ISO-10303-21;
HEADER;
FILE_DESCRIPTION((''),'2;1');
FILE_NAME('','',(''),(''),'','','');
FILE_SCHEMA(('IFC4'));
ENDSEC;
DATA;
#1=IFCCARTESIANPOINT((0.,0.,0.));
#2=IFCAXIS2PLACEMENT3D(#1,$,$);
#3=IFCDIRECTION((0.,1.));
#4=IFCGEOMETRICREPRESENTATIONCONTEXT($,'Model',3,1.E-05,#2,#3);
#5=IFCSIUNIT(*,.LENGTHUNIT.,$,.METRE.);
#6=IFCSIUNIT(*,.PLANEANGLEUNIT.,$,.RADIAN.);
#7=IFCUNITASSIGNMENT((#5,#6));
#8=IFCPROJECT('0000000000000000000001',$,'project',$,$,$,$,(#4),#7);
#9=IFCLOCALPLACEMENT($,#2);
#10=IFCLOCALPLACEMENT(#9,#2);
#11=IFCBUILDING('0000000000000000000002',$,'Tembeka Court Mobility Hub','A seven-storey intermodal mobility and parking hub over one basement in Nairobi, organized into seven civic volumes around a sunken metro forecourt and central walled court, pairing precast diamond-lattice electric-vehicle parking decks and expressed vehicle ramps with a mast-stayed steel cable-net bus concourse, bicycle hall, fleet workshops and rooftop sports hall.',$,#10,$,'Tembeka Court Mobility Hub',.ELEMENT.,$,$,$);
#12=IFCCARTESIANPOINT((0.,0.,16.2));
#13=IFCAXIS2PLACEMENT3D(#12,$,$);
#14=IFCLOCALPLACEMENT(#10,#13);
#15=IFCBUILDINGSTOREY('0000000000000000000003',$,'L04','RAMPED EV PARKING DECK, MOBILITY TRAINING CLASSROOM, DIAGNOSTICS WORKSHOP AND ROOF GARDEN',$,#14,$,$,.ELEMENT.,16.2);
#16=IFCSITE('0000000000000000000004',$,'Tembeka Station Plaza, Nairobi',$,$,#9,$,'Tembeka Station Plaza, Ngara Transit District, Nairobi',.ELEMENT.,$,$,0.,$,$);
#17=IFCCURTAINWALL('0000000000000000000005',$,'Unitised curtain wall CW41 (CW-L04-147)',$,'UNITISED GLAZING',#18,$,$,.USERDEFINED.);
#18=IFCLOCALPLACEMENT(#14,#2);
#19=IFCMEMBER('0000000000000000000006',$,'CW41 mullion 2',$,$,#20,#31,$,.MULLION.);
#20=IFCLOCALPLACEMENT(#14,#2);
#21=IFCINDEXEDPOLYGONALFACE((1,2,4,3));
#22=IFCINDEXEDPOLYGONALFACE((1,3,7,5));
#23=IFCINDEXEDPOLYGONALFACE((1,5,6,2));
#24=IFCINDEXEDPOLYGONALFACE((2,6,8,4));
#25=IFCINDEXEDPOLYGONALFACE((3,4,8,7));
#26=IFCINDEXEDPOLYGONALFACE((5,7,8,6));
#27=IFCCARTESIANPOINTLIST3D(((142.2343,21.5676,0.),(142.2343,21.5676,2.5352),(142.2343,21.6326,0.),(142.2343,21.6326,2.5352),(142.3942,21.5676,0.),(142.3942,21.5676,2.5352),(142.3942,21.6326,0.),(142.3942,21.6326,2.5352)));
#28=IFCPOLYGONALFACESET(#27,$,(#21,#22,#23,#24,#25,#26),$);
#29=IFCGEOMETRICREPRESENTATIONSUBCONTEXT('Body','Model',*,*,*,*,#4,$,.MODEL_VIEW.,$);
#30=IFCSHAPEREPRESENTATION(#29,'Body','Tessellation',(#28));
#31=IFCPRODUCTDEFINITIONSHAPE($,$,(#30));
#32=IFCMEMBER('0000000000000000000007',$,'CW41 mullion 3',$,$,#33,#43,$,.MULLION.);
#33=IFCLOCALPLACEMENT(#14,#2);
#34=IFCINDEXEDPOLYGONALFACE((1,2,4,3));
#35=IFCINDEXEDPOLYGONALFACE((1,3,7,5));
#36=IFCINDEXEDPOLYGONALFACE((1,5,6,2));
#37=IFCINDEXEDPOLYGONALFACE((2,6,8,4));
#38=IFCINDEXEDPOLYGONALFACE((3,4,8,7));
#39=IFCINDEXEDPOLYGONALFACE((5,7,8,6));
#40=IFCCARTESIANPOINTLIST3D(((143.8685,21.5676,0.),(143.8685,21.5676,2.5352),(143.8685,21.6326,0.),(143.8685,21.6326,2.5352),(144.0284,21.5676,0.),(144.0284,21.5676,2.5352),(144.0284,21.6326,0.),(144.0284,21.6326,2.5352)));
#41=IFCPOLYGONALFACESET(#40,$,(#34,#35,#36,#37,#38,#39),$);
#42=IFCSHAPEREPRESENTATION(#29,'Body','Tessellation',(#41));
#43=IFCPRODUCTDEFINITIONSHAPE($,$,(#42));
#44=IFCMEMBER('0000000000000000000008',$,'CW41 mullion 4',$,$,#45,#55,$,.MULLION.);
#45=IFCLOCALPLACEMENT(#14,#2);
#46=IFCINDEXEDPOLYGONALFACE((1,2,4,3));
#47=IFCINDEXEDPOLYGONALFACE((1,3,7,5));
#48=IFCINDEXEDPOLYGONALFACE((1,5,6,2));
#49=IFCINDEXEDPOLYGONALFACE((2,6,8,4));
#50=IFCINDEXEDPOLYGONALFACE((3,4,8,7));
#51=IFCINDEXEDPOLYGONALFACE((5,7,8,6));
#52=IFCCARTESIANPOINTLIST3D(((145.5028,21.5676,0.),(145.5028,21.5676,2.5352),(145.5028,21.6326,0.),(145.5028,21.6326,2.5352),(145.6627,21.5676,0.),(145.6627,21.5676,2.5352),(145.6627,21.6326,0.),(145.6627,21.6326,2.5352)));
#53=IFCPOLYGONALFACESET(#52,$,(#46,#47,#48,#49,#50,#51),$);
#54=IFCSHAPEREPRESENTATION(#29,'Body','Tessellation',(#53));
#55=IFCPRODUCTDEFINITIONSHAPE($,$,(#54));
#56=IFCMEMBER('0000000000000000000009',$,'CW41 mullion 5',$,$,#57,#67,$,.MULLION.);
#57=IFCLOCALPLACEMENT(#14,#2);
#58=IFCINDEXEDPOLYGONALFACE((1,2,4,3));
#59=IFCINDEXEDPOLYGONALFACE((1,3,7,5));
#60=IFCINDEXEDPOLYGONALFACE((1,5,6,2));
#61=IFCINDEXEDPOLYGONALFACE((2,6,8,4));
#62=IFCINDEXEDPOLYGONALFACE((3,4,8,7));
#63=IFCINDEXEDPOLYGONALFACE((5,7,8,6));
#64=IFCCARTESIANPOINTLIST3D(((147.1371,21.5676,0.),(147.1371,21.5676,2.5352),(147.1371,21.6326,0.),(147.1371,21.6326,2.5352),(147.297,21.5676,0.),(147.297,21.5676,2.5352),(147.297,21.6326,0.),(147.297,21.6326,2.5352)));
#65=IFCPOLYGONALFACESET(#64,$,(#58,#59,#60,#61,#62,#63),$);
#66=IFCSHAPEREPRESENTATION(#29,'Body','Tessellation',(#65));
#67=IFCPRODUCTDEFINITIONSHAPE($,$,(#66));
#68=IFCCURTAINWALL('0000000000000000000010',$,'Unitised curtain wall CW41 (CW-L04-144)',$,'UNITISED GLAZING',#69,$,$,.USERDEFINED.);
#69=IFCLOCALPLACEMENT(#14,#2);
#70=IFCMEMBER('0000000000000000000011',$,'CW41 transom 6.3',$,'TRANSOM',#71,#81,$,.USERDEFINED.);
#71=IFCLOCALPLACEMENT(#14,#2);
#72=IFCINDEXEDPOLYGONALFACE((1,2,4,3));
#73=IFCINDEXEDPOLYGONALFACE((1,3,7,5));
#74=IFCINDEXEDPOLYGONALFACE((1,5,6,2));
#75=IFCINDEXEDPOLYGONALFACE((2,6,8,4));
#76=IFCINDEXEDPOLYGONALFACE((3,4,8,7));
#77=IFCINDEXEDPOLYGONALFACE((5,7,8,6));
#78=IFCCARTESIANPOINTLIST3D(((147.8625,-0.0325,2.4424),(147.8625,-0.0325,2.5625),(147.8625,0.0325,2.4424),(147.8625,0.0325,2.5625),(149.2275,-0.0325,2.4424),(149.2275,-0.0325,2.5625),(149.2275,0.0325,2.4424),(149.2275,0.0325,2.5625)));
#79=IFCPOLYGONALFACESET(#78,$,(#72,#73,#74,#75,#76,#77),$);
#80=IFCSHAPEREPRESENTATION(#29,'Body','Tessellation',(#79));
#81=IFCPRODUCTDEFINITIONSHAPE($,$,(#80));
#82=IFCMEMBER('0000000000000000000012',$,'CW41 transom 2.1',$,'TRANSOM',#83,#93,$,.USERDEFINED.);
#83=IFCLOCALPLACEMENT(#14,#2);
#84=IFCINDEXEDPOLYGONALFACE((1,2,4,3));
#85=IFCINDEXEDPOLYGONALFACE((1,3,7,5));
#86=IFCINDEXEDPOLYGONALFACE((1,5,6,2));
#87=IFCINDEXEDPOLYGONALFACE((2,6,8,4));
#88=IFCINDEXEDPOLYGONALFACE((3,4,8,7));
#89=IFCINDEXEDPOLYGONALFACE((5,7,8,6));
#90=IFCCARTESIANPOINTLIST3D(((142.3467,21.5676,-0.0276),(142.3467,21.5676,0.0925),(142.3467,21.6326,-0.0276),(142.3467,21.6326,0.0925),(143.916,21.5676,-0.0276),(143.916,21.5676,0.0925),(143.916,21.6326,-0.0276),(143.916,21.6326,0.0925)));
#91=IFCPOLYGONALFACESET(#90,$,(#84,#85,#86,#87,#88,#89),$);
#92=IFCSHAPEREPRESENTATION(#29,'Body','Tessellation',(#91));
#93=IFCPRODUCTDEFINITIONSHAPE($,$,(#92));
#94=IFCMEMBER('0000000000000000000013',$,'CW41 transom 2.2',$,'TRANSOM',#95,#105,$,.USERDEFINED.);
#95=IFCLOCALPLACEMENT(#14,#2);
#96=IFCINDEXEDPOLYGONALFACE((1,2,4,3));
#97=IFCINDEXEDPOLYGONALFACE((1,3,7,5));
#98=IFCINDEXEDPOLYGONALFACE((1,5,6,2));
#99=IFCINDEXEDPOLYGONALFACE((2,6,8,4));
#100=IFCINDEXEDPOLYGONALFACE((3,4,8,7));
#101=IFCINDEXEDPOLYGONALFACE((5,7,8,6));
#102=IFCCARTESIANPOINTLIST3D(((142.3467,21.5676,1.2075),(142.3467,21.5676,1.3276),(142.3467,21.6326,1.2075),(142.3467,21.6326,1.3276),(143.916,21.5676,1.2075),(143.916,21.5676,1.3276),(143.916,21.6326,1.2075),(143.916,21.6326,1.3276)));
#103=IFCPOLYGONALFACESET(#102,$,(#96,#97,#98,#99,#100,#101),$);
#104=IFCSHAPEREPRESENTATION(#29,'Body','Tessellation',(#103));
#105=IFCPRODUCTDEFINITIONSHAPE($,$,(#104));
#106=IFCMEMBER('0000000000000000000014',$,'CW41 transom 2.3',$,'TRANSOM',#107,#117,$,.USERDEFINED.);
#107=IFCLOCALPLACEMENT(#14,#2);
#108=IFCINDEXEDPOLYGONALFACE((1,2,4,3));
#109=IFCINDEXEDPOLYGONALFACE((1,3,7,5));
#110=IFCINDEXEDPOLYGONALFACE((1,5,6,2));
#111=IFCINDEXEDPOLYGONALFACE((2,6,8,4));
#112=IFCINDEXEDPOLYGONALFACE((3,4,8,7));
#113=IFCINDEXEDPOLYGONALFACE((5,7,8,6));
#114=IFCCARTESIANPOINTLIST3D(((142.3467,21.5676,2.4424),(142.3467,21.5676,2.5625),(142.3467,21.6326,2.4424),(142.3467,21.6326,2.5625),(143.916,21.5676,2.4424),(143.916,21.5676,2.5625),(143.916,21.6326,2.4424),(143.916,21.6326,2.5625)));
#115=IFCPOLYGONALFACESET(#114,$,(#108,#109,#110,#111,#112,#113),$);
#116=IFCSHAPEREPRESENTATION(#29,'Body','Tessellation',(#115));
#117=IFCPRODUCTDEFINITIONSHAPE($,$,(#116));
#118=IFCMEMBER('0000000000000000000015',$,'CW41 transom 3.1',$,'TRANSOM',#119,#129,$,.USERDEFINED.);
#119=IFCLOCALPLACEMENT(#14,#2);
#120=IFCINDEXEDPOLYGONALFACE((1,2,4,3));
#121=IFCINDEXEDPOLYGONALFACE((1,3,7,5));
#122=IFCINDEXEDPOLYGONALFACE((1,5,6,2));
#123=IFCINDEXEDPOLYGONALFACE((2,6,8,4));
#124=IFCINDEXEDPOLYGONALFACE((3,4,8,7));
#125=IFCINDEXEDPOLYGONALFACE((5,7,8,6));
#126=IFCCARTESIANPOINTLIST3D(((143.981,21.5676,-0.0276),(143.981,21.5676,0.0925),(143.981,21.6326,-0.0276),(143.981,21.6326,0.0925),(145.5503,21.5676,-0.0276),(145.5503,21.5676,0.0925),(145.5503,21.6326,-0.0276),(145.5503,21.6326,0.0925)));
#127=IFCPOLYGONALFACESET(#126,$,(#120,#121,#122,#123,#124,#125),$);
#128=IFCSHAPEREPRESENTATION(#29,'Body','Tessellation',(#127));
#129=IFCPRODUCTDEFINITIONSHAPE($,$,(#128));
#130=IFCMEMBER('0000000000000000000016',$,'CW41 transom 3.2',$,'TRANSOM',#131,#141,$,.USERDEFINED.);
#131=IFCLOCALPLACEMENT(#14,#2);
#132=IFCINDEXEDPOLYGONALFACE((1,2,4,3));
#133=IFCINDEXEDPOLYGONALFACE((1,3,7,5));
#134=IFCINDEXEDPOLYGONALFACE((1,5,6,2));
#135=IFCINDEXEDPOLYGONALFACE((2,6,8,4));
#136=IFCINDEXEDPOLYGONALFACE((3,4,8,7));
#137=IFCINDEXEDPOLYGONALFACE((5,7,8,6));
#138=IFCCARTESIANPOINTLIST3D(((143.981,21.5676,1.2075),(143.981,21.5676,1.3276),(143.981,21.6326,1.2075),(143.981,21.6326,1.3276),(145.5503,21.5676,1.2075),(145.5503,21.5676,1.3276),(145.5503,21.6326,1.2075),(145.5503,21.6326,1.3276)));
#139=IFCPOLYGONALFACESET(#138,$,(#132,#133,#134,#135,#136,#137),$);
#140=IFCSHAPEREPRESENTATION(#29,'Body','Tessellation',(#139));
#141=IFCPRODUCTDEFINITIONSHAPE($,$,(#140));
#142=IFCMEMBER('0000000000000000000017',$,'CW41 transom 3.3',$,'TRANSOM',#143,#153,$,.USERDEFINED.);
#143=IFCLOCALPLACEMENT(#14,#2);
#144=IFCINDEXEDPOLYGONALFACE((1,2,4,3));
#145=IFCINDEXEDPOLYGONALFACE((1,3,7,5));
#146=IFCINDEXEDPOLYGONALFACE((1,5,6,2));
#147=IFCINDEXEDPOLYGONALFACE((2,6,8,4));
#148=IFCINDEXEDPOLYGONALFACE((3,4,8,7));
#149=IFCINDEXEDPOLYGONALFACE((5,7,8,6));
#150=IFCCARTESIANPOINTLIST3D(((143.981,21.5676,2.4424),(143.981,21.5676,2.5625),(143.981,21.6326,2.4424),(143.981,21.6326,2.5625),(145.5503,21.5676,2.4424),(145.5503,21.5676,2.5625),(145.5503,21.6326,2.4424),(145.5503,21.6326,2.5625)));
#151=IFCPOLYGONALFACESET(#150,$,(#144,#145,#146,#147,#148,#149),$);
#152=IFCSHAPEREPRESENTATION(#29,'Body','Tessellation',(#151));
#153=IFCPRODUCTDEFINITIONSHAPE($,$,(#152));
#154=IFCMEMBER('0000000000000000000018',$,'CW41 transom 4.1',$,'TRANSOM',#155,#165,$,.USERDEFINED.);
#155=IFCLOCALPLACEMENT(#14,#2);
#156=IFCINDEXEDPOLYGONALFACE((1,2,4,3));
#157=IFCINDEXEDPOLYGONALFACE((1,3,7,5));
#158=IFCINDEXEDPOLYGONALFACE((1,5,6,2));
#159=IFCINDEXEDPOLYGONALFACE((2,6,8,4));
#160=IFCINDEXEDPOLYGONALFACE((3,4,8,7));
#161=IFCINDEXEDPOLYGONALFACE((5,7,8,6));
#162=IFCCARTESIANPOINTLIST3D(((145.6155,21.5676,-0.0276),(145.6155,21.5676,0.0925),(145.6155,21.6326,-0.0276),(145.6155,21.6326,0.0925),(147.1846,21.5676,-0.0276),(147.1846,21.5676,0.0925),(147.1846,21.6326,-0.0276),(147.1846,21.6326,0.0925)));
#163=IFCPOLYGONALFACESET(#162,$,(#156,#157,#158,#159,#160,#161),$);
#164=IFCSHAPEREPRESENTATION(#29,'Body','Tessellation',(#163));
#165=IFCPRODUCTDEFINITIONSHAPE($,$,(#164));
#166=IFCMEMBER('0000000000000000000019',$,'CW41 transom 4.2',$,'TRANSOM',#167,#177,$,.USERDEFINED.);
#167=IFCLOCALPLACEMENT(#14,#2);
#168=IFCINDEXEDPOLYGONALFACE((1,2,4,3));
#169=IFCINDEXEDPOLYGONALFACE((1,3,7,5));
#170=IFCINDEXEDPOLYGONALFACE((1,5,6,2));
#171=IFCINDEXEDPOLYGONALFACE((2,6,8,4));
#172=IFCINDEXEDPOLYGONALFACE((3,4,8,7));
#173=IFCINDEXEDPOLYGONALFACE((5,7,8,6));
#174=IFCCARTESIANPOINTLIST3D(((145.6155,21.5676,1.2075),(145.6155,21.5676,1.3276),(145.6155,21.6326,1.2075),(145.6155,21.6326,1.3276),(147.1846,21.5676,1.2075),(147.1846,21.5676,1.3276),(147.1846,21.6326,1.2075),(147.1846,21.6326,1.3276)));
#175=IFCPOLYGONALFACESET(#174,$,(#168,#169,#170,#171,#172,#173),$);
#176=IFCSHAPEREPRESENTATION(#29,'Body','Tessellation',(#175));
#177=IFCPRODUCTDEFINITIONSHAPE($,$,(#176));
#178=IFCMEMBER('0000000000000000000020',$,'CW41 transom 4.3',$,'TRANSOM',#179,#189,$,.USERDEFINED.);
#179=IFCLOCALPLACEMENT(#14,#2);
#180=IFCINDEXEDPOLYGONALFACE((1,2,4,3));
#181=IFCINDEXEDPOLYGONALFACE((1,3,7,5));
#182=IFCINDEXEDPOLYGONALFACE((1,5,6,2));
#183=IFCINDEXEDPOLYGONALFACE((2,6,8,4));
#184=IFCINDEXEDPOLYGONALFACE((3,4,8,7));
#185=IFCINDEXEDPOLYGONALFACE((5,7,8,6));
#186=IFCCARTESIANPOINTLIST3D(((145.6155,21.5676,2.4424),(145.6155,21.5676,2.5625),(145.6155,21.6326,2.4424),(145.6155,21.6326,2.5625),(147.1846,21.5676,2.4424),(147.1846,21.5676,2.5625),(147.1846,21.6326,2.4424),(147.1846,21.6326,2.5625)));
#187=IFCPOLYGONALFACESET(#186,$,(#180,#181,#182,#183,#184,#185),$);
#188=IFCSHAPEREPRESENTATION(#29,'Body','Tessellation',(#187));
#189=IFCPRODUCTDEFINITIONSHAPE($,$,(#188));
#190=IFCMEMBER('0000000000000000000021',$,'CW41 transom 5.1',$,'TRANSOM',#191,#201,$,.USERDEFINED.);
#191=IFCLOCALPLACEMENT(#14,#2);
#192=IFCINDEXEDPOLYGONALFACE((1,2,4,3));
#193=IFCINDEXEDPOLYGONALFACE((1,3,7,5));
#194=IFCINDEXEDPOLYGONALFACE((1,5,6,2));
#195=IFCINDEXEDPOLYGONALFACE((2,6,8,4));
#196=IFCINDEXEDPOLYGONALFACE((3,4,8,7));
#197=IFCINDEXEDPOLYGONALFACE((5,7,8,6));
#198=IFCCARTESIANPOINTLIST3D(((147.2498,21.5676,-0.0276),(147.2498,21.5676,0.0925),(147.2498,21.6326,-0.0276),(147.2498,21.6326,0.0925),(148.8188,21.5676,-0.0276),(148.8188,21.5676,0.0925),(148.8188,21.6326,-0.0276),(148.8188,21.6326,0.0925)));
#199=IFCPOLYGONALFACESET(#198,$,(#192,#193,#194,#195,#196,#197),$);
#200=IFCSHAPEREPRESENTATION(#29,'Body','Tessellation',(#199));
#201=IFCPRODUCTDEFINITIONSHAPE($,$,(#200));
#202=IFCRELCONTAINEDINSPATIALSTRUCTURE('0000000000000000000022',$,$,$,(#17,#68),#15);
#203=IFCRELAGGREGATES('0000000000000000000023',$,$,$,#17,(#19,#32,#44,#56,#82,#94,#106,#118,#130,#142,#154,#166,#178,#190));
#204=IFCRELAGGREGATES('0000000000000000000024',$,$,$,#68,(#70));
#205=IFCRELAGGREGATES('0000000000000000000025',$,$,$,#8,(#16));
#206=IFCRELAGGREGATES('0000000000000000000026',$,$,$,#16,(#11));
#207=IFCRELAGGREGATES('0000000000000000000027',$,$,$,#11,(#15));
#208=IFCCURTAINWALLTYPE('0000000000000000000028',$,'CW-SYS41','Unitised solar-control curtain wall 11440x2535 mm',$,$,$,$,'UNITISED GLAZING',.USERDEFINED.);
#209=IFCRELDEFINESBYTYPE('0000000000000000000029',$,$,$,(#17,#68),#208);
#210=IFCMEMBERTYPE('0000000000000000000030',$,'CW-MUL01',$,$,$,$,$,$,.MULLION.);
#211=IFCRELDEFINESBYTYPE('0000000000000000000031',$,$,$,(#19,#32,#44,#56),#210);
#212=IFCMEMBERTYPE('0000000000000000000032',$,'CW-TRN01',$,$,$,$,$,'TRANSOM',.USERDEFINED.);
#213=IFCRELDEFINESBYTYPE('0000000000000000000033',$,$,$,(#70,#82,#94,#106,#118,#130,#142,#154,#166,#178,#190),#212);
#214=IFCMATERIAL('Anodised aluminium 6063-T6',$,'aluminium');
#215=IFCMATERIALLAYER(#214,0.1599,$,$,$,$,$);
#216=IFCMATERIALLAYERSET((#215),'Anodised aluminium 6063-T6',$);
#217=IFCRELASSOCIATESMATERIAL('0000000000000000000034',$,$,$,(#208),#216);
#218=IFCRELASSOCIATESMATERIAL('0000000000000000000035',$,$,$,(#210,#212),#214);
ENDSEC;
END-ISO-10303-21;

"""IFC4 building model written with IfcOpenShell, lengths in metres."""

from ifc_helpers import new_model, si_unit, direction, frame, origin, origin_2d, place, context, subcontext, project, spatial, rectangle, extrude, material, layer, layer_set, material_profile, profile_set, type_object, element, aggregate, save


model = new_model("IFC4")

# Units and contexts
model_context = context("Model", 3, precision=1e-05, world=origin(), true_north=direction((0.0, 1.0)))
body_context = subcontext(model_context, "Body", "Model", "MODEL_VIEW")
ifc_project = project(units=[si_unit("LENGTHUNIT", "METRE"), si_unit("PLANEANGLEUNIT", "RADIAN")], contexts=[model_context])

# Site, building, storey
site_placement = place(None, origin())
site = spatial("IfcSite", under=ifc_project, at=site_placement, Name="Tembeka Station Plaza, Nairobi", LongName="Tembeka Station Plaza, Ngara Transit District, Nairobi", CompositionType="ELEMENT", RefElevation=0.0)
building_placement = place(site_placement, origin())
building = spatial("IfcBuilding", under=site, at=building_placement, Name="Tembeka Court Mobility Hub", Description="A seven-storey intermodal mobility and parking hub over one basement in Nairobi, organized into seven civic volumes around a sunken metro forecourt and central walled court, pairing precast diamond-lattice electric-vehicle parking decks and expressed vehicle ramps with a mast-stayed steel cable-net bus concourse, bicycle hall, fleet workshops and rooftop sports hall.", LongName="Tembeka Court Mobility Hub", CompositionType="ELEMENT")
storey_placement = place(building_placement, frame((0.0, 0.0, 16.2)))
storey = spatial("IfcBuildingStorey", under=building, at=storey_placement, Name="L04", Description="RAMPED EV PARKING DECK, MOBILITY TRAINING CLASSROOM, DIAGNOSTICS WORKSHOP AND ROOF GARDEN", CompositionType="ELEMENT", Elevation=16.2)

# Curtain wall, members
ifc_material_1 = material(Name="Anodised aluminium 6063-T6", Category="aluminium")
ifc_layer_1 = layer(ifc_material_1, 0.1599)
ifc_layer_set_1 = layer_set([ifc_layer_1], Name="Anodised aluminium 6063-T6")
curtain_wall_type = type_object("IfcCurtainWallType", Name="CW-SYS41", Description="Unitised solar-control curtain wall 11440x2535 mm", ElementType="UNITISED GLAZING", PredefinedType="USERDEFINED", material=ifc_layer_set_1)
curtain_wall_1_placement = place(storey_placement, origin())
curtain_wall_1 = element("IfcCurtainWall", 1, at=curtain_wall_1_placement, inside=storey, type_object=curtain_wall_type, Name="Unitised curtain wall CW41 (CW-L04-147)", ObjectType="UNITISED GLAZING", PredefinedType="USERDEFINED")
ifc_material_profile_1 = material_profile(ifc_material_1, rectangle(XDim=0.0649, YDim=0.1599, at=origin_2d()), Name="ALU-MUL 65x160")
ifc_profile_set_1 = profile_set([ifc_material_profile_1], Name="Anodised aluminium 6063-T6")
member_type_1 = type_object("IfcMemberType", Name="CW-MUL01", PredefinedType="MULLION", material=ifc_profile_set_1)
member_1_placement = place(storey_placement, frame((142.3142, 21.6001, 0.0), z_axis=(0.0, 0.0, 1.0), x_axis=(0.0, 1.0, 0.0)))
member_1 = element("IfcMember", 2, at=member_1_placement, type_object=member_type_1, Name="CW41 mullion 2", PredefinedType="MULLION", context=body_context, shape_type="SweptSolid", body=[
    extrude(rectangle(XDim=0.0649, YDim=0.1599, at=origin_2d()), origin(), (0.0, 0.0, 1.0), 2.5352),
])
member_2_placement = place(storey_placement, frame((143.9485, 21.6001, 0.0), z_axis=(0.0, 0.0, 1.0), x_axis=(0.0, 1.0, 0.0)))
member_2 = element("IfcMember", 3, at=member_2_placement, type_object=member_type_1, Name="CW41 mullion 3", PredefinedType="MULLION", context=body_context, shape_type="SweptSolid", body=[
    extrude(rectangle(XDim=0.0649, YDim=0.1599, at=origin_2d()), origin(), (0.0, 0.0, 1.0), 2.5352),
])
member_3_placement = place(storey_placement, frame((145.5828, 21.6001, 0.0), z_axis=(0.0, 0.0, 1.0), x_axis=(0.0, 1.0, 0.0)))
member_3 = element("IfcMember", 4, at=member_3_placement, type_object=member_type_1, Name="CW41 mullion 4", PredefinedType="MULLION", context=body_context, shape_type="SweptSolid", body=[
    extrude(rectangle(XDim=0.0649, YDim=0.1599, at=origin_2d()), origin(), (0.0, 0.0, 1.0), 2.5352),
])
member_4_placement = place(storey_placement, frame((147.217, 21.6001, 0.0), z_axis=(0.0, 0.0, 1.0), x_axis=(0.0, 1.0, 0.0)))
member_4 = element("IfcMember", 5, at=member_4_placement, type_object=member_type_1, Name="CW41 mullion 5", PredefinedType="MULLION", context=body_context, shape_type="SweptSolid", body=[
    extrude(rectangle(XDim=0.0649, YDim=0.1599, at=origin_2d()), origin(), (0.0, 0.0, 1.0), 2.5352),
])

# Curtain wall, member
curtain_wall_2_placement = place(storey_placement, origin())
curtain_wall_2 = element("IfcCurtainWall", 6, at=curtain_wall_2_placement, inside=storey, type_object=curtain_wall_type, Name="Unitised curtain wall CW41 (CW-L04-144)", ObjectType="UNITISED GLAZING", PredefinedType="USERDEFINED")
ifc_material_profile_2 = material_profile(ifc_material_1, rectangle(XDim=0.0649, YDim=0.1201, at=origin_2d()), Name="ALU-TRN 65x120")
ifc_profile_set_2 = profile_set([ifc_material_profile_2], Name="Anodised aluminium 6063-T6")
member_type_2 = type_object("IfcMemberType", Name="CW-TRN01", ElementType="TRANSOM", PredefinedType="USERDEFINED", material=ifc_profile_set_2)
member_5_placement = place(storey_placement, frame((147.8625, 0.0, 2.5024), z_axis=(1.0, 0.0, 0.0), x_axis=(0.0, 1.0, 0.0)))
member_5 = element("IfcMember", 7, at=member_5_placement, type_object=member_type_2, Name="CW41 transom 6.3", ObjectType="TRANSOM", PredefinedType="USERDEFINED", context=body_context, shape_type="SweptSolid", body=[
    extrude(rectangle(XDim=0.0649, YDim=0.1201, at=origin_2d()), origin(), (0.0, 0.0, 1.0), 1.365),
])

# Members
member_6_placement = place(storey_placement, frame((142.3467, 21.6001, 0.0325), z_axis=(1.0, 0.0, 0.0), x_axis=(0.0, 1.0, 0.0)))
member_6 = element("IfcMember", 8, at=member_6_placement, type_object=member_type_2, Name="CW41 transom 2.1", ObjectType="TRANSOM", PredefinedType="USERDEFINED", context=body_context, shape_type="SweptSolid", body=[
    extrude(rectangle(XDim=0.0649, YDim=0.1201, at=origin_2d()), origin(), (0.0, 0.0, 1.0), 1.5693),
])
member_7_placement = place(storey_placement, frame((142.3467, 21.6001, 1.2676), z_axis=(1.0, 0.0, 0.0), x_axis=(0.0, 1.0, 0.0)))
member_7 = element("IfcMember", 9, at=member_7_placement, type_object=member_type_2, Name="CW41 transom 2.2", ObjectType="TRANSOM", PredefinedType="USERDEFINED", context=body_context, shape_type="SweptSolid", body=[
    extrude(rectangle(XDim=0.0649, YDim=0.1201, at=origin_2d()), origin(), (0.0, 0.0, 1.0), 1.5693),
])
member_8_placement = place(storey_placement, frame((142.3467, 21.6001, 2.5024), z_axis=(1.0, 0.0, 0.0), x_axis=(0.0, 1.0, 0.0)))
member_8 = element("IfcMember", 10, at=member_8_placement, type_object=member_type_2, Name="CW41 transom 2.3", ObjectType="TRANSOM", PredefinedType="USERDEFINED", context=body_context, shape_type="SweptSolid", body=[
    extrude(rectangle(XDim=0.0649, YDim=0.1201, at=origin_2d()), origin(), (0.0, 0.0, 1.0), 1.5693),
])
member_9_placement = place(storey_placement, frame((143.981, 21.6001, 0.0325), z_axis=(1.0, 0.0, 0.0), x_axis=(0.0, 1.0, 0.0)))
member_9 = element("IfcMember", 11, at=member_9_placement, type_object=member_type_2, Name="CW41 transom 3.1", ObjectType="TRANSOM", PredefinedType="USERDEFINED", context=body_context, shape_type="SweptSolid", body=[
    extrude(rectangle(XDim=0.0649, YDim=0.1201, at=origin_2d()), origin(), (0.0, 0.0, 1.0), 1.5693),
])
member_10_placement = place(storey_placement, frame((143.981, 21.6001, 1.2676), z_axis=(1.0, 0.0, 0.0), x_axis=(0.0, 1.0, 0.0)))
member_10 = element("IfcMember", 12, at=member_10_placement, type_object=member_type_2, Name="CW41 transom 3.2", ObjectType="TRANSOM", PredefinedType="USERDEFINED", context=body_context, shape_type="SweptSolid", body=[
    extrude(rectangle(XDim=0.0649, YDim=0.1201, at=origin_2d()), origin(), (0.0, 0.0, 1.0), 1.5693),
])
member_11_placement = place(storey_placement, frame((143.981, 21.6001, 2.5024), z_axis=(1.0, 0.0, 0.0), x_axis=(0.0, 1.0, 0.0)))
member_11 = element("IfcMember", 13, at=member_11_placement, type_object=member_type_2, Name="CW41 transom 3.3", ObjectType="TRANSOM", PredefinedType="USERDEFINED", context=body_context, shape_type="SweptSolid", body=[
    extrude(rectangle(XDim=0.0649, YDim=0.1201, at=origin_2d()), origin(), (0.0, 0.0, 1.0), 1.5693),
])
member_12_placement = place(storey_placement, frame((145.6155, 21.6001, 0.0325), z_axis=(1.0, 0.0, 0.0), x_axis=(0.0, 1.0, 0.0)))
member_12 = element("IfcMember", 14, at=member_12_placement, type_object=member_type_2, Name="CW41 transom 4.1", ObjectType="TRANSOM", PredefinedType="USERDEFINED", context=body_context, shape_type="SweptSolid", body=[
    extrude(rectangle(XDim=0.0649, YDim=0.1201, at=origin_2d()), origin(), (0.0, 0.0, 1.0), 1.5691),
])
member_13_placement = place(storey_placement, frame((145.6155, 21.6001, 1.2676), z_axis=(1.0, 0.0, 0.0), x_axis=(0.0, 1.0, 0.0)))
member_13 = element("IfcMember", 15, at=member_13_placement, type_object=member_type_2, Name="CW41 transom 4.2", ObjectType="TRANSOM", PredefinedType="USERDEFINED", context=body_context, shape_type="SweptSolid", body=[
    extrude(rectangle(XDim=0.0649, YDim=0.1201, at=origin_2d()), origin(), (0.0, 0.0, 1.0), 1.5691),
])
member_14_placement = place(storey_placement, frame((145.6155, 21.6001, 2.5024), z_axis=(1.0, 0.0, 0.0), x_axis=(0.0, 1.0, 0.0)))
member_14 = element("IfcMember", 16, at=member_14_placement, type_object=member_type_2, Name="CW41 transom 4.3", ObjectType="TRANSOM", PredefinedType="USERDEFINED", context=body_context, shape_type="SweptSolid", body=[
    extrude(rectangle(XDim=0.0649, YDim=0.1201, at=origin_2d()), origin(), (0.0, 0.0, 1.0), 1.5691),
])
member_15_placement = place(storey_placement, frame((147.2498, 21.6001, 0.0325), z_axis=(1.0, 0.0, 0.0), x_axis=(0.0, 1.0, 0.0)))
member_15 = element("IfcMember", 17, at=member_15_placement, type_object=member_type_2, Name="CW41 transom 5.1", ObjectType="TRANSOM", PredefinedType="USERDEFINED", context=body_context, shape_type="SweptSolid", body=[
    extrude(rectangle(XDim=0.0649, YDim=0.1201, at=origin_2d()), origin(), (0.0, 0.0, 1.0), 1.5691),
])

aggregate(curtain_wall_1, [member_1, member_2, member_3, member_4, member_6, member_7, member_8, member_9, member_10, member_11, member_12, member_13, member_14, member_15])
aggregate(curtain_wall_2, [member_5])

save(model, "model.ifc")
